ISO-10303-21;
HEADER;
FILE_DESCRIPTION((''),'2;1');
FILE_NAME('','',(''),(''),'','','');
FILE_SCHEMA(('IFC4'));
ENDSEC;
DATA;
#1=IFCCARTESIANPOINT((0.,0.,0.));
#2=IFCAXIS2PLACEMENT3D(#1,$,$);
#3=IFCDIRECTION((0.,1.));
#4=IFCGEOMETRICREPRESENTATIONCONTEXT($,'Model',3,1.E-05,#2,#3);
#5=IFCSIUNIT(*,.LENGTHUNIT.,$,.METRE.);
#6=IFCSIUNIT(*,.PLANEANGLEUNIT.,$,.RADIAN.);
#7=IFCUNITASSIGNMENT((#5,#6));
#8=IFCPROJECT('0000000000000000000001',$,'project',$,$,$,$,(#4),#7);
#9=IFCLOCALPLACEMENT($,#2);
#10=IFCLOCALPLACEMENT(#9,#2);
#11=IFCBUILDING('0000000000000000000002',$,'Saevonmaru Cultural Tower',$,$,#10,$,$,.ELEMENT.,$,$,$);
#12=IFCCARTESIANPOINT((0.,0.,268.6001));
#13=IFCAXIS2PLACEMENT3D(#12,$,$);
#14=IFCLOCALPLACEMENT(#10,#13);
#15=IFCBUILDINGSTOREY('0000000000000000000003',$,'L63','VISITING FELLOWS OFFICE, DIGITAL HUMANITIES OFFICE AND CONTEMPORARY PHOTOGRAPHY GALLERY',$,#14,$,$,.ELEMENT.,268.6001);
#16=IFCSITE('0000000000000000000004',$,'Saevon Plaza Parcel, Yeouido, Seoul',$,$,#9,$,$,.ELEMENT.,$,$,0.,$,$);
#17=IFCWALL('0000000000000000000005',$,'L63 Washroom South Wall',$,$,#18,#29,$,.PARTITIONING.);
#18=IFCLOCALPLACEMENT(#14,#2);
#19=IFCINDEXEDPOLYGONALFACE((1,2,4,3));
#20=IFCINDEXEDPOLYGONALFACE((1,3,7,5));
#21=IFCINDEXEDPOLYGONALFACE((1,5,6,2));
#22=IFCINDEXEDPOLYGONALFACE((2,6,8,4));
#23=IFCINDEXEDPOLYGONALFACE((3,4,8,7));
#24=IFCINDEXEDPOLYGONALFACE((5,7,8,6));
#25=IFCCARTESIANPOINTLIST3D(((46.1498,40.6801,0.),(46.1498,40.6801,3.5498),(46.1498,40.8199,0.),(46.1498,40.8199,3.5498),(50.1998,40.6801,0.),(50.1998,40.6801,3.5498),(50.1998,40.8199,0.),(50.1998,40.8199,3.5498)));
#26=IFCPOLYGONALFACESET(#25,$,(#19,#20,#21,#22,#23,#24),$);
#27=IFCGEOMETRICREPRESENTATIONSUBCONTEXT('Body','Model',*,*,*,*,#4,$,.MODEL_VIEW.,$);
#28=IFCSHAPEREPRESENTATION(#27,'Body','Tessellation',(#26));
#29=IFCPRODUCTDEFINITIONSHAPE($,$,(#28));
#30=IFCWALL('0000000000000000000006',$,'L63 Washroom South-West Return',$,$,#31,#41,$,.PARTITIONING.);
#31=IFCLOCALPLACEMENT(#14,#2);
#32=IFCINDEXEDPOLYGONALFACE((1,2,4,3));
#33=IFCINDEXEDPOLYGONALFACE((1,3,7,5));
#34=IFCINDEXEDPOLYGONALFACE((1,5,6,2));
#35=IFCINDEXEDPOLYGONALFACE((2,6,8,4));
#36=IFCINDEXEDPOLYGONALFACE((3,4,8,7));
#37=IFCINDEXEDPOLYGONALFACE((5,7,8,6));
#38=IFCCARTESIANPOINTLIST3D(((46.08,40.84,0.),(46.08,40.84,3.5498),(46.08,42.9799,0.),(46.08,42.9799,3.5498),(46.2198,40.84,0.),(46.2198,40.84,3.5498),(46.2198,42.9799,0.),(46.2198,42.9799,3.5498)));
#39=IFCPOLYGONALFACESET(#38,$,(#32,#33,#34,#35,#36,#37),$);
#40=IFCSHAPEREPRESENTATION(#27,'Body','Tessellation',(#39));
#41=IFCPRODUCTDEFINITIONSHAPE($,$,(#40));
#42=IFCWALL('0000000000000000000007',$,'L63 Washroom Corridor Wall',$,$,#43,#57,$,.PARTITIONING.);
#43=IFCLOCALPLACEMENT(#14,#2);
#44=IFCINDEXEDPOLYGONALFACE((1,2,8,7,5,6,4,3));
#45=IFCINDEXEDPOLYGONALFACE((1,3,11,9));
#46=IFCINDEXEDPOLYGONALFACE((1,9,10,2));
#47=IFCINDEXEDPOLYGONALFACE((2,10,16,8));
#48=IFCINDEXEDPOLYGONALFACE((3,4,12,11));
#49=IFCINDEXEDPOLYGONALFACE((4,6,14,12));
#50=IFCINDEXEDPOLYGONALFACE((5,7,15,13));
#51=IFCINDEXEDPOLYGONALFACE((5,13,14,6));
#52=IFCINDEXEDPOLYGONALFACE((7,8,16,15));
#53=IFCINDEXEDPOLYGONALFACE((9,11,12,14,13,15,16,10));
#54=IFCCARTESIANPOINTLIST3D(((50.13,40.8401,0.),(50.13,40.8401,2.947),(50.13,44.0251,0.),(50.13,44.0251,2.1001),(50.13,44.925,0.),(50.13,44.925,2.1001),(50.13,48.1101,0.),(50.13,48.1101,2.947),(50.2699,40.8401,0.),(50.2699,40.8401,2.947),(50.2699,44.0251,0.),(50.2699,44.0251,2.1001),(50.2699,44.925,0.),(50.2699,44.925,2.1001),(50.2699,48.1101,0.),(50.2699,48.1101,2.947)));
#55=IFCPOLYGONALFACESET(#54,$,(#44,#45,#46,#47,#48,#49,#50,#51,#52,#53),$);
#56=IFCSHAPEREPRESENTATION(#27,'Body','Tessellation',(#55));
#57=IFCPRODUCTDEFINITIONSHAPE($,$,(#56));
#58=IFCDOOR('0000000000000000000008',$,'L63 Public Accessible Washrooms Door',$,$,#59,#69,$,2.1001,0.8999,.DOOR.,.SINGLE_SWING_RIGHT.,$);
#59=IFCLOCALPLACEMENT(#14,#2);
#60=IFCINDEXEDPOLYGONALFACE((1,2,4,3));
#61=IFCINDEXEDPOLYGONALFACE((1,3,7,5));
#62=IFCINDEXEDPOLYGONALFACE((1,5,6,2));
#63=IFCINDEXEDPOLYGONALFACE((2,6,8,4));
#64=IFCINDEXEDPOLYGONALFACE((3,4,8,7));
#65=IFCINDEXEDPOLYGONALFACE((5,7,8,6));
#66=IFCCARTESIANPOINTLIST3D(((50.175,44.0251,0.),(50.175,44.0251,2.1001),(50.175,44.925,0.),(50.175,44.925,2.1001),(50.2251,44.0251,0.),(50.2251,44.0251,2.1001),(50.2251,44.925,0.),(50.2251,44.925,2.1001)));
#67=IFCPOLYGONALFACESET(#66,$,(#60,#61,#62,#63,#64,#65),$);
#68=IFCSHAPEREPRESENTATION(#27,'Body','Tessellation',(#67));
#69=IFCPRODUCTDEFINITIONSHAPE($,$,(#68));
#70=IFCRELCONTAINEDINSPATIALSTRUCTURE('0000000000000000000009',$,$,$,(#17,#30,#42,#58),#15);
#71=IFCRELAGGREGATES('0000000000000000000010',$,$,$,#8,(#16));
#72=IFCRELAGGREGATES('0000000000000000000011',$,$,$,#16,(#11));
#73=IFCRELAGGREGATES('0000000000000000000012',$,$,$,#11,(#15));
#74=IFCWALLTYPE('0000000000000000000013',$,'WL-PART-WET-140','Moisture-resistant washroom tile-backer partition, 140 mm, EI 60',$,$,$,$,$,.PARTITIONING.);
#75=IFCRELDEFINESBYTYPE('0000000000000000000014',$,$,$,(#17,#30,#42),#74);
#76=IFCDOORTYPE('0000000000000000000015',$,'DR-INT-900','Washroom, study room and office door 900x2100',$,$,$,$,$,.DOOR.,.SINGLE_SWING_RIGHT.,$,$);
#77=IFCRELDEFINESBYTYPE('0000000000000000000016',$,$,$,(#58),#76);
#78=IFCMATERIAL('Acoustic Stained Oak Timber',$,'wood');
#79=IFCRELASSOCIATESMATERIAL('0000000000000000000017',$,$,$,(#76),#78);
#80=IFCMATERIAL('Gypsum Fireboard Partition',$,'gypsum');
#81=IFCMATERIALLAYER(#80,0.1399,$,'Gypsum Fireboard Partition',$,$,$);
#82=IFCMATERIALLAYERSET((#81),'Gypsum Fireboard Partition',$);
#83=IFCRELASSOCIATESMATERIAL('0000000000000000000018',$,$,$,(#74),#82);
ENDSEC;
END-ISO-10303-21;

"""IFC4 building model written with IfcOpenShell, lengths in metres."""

from ifc_helpers import new_model, si_unit, direction, frame, frame_2d, origin, place, context, subcontext, project, spatial, rectangle, extrude, material, layer, layer_set, type_object, element, fill, save


model = new_model("IFC4")

# Units and contexts
model_context = context("Model", 3, precision=1e-05, world=origin(), true_north=direction((0.0, 1.0)))
body_context = subcontext(model_context, "Body", "Model", "MODEL_VIEW")
ifc_project = project(units=[si_unit("LENGTHUNIT", "METRE"), si_unit("PLANEANGLEUNIT", "RADIAN")], contexts=[model_context])

# Site, building, storey
site_placement = place(None, origin())
site = spatial("IfcSite", under=ifc_project, at=site_placement, Name="Saevon Plaza Parcel, Yeouido, Seoul", CompositionType="ELEMENT", RefElevation=0.0)
building_placement = place(site_placement, origin())
building = spatial("IfcBuilding", under=site, at=building_placement, Name="Saevonmaru Cultural Tower", CompositionType="ELEMENT")
storey_placement = place(building_placement, frame((0.0, 0.0, 268.6001)))
storey = spatial("IfcBuildingStorey", under=building, at=storey_placement, Name="L63", Description="VISITING FELLOWS OFFICE, DIGITAL HUMANITIES OFFICE AND CONTEMPORARY PHOTOGRAPHY GALLERY", CompositionType="ELEMENT", Elevation=268.6001)

# Shared definitions
ifc_material_1 = material(Name="Gypsum Fireboard Partition", Category="gypsum")

# Shared definitions
ifc_material_2 = material(Name="Acoustic Stained Oak Timber", Category="wood")
door_type_1 = type_object("IfcDoorType", Name="DR-INT-900", Description="Washroom, study room and office door 900x2100", OperationType="SINGLE_SWING_RIGHT", PredefinedType="DOOR", material=ifc_material_2)

# Walls
ifc_layer_1 = layer(ifc_material_1, 0.1399, Name="Gypsum Fireboard Partition")
ifc_layer_set_1 = layer_set([ifc_layer_1], Name="Gypsum Fireboard Partition")
wall_type_1 = type_object("IfcWallType", Name="WL-PART-WET-140", Description="Moisture-resistant washroom tile-backer partition, 140 mm, EI 60", PredefinedType="PARTITIONING", material=ifc_layer_set_1)
wall_1_placement = place(storey_placement, frame((46.1499, 40.75, 0.0), z_axis=(0.0, 0.0, 1.0), x_axis=(1.0, 0.0, 0.0)))
element("IfcWall", 1, at=wall_1_placement, inside=storey, type_object=wall_type_1, Name="L63 Washroom South Wall", PredefinedType="PARTITIONING", context=body_context, shape_type="SweptSolid", body=[
    extrude(rectangle(XDim=4.05, YDim=0.1399, at=frame_2d((2.0249, 0.0))), origin(), (0.0, 0.0, 1.0), 3.5498),
])
wall_2_placement = place(storey_placement, frame((46.1499, 40.8401, 0.0), z_axis=(0.0, 0.0, 1.0), x_axis=(0.0, 1.0, 0.0)))
element("IfcWall", 2, at=wall_2_placement, inside=storey, type_object=wall_type_1, Name="L63 Washroom South-West Return", PredefinedType="PARTITIONING", context=body_context, shape_type="SweptSolid", body=[
    extrude(rectangle(XDim=2.1399, YDim=0.1399, at=frame_2d((1.0698, 0.0))), origin(), (0.0, 0.0, 1.0), 3.5498),
])

# Wall, opening, door
wall_3_placement = place(storey_placement, frame((50.2, 40.8401, 0.0), z_axis=(0.0, 0.0, 1.0), x_axis=(0.0, 1.0, 0.0)))
wall_3 = element("IfcWall", 3, at=wall_3_placement, inside=storey, type_object=wall_type_1, Name="L63 Washroom Corridor Wall", PredefinedType="PARTITIONING", context=body_context, shape_type="SweptSolid", body=[
    extrude(rectangle(XDim=7.27, YDim=0.1399, at=frame_2d((3.635, 0.0))), origin(), (0.0, 0.0, 1.0), 2.947),
])
opening_1_placement = place(wall_3_placement, frame((3.1851, 0.0, 0.0)))
opening_1 = element("IfcOpeningElement", 4, at=opening_1_placement, cuts=wall_3, PredefinedType="OPENING", context=body_context, shape_type="SweptSolid", body=[
    extrude(rectangle(XDim=0.8999, YDim=2.1001, at=frame_2d((0.45, 1.05))), frame((0.0, 0.0801, 0.0), z_axis=(0.0, -1.0, 0.0), x_axis=(1.0, 0.0, 0.0)), (0.0, 0.0, 1.0), 0.1599),
])
door_1_placement = place(opening_1_placement, origin())
door_1 = element("IfcDoor", 5, at=door_1_placement, inside=storey, type_object=door_type_1, Name="L63 Public Accessible Washrooms Door", OperationType="SINGLE_SWING_RIGHT", OverallHeight=2.1001, OverallWidth=0.8999, PredefinedType="DOOR", context=body_context, shape_type="SweptSolid", body=[
    extrude(rectangle(XDim=0.8999, YDim=2.1001, at=frame_2d((0.45, 1.05))), frame((0.0, 0.0249, 0.0), z_axis=(0.0, -1.0, 0.0), x_axis=(1.0, 0.0, 0.0)), (0.0, 0.0, 1.0), 0.05),
])
fill(opening_1, door_1)

save(model, "model.ifc")
